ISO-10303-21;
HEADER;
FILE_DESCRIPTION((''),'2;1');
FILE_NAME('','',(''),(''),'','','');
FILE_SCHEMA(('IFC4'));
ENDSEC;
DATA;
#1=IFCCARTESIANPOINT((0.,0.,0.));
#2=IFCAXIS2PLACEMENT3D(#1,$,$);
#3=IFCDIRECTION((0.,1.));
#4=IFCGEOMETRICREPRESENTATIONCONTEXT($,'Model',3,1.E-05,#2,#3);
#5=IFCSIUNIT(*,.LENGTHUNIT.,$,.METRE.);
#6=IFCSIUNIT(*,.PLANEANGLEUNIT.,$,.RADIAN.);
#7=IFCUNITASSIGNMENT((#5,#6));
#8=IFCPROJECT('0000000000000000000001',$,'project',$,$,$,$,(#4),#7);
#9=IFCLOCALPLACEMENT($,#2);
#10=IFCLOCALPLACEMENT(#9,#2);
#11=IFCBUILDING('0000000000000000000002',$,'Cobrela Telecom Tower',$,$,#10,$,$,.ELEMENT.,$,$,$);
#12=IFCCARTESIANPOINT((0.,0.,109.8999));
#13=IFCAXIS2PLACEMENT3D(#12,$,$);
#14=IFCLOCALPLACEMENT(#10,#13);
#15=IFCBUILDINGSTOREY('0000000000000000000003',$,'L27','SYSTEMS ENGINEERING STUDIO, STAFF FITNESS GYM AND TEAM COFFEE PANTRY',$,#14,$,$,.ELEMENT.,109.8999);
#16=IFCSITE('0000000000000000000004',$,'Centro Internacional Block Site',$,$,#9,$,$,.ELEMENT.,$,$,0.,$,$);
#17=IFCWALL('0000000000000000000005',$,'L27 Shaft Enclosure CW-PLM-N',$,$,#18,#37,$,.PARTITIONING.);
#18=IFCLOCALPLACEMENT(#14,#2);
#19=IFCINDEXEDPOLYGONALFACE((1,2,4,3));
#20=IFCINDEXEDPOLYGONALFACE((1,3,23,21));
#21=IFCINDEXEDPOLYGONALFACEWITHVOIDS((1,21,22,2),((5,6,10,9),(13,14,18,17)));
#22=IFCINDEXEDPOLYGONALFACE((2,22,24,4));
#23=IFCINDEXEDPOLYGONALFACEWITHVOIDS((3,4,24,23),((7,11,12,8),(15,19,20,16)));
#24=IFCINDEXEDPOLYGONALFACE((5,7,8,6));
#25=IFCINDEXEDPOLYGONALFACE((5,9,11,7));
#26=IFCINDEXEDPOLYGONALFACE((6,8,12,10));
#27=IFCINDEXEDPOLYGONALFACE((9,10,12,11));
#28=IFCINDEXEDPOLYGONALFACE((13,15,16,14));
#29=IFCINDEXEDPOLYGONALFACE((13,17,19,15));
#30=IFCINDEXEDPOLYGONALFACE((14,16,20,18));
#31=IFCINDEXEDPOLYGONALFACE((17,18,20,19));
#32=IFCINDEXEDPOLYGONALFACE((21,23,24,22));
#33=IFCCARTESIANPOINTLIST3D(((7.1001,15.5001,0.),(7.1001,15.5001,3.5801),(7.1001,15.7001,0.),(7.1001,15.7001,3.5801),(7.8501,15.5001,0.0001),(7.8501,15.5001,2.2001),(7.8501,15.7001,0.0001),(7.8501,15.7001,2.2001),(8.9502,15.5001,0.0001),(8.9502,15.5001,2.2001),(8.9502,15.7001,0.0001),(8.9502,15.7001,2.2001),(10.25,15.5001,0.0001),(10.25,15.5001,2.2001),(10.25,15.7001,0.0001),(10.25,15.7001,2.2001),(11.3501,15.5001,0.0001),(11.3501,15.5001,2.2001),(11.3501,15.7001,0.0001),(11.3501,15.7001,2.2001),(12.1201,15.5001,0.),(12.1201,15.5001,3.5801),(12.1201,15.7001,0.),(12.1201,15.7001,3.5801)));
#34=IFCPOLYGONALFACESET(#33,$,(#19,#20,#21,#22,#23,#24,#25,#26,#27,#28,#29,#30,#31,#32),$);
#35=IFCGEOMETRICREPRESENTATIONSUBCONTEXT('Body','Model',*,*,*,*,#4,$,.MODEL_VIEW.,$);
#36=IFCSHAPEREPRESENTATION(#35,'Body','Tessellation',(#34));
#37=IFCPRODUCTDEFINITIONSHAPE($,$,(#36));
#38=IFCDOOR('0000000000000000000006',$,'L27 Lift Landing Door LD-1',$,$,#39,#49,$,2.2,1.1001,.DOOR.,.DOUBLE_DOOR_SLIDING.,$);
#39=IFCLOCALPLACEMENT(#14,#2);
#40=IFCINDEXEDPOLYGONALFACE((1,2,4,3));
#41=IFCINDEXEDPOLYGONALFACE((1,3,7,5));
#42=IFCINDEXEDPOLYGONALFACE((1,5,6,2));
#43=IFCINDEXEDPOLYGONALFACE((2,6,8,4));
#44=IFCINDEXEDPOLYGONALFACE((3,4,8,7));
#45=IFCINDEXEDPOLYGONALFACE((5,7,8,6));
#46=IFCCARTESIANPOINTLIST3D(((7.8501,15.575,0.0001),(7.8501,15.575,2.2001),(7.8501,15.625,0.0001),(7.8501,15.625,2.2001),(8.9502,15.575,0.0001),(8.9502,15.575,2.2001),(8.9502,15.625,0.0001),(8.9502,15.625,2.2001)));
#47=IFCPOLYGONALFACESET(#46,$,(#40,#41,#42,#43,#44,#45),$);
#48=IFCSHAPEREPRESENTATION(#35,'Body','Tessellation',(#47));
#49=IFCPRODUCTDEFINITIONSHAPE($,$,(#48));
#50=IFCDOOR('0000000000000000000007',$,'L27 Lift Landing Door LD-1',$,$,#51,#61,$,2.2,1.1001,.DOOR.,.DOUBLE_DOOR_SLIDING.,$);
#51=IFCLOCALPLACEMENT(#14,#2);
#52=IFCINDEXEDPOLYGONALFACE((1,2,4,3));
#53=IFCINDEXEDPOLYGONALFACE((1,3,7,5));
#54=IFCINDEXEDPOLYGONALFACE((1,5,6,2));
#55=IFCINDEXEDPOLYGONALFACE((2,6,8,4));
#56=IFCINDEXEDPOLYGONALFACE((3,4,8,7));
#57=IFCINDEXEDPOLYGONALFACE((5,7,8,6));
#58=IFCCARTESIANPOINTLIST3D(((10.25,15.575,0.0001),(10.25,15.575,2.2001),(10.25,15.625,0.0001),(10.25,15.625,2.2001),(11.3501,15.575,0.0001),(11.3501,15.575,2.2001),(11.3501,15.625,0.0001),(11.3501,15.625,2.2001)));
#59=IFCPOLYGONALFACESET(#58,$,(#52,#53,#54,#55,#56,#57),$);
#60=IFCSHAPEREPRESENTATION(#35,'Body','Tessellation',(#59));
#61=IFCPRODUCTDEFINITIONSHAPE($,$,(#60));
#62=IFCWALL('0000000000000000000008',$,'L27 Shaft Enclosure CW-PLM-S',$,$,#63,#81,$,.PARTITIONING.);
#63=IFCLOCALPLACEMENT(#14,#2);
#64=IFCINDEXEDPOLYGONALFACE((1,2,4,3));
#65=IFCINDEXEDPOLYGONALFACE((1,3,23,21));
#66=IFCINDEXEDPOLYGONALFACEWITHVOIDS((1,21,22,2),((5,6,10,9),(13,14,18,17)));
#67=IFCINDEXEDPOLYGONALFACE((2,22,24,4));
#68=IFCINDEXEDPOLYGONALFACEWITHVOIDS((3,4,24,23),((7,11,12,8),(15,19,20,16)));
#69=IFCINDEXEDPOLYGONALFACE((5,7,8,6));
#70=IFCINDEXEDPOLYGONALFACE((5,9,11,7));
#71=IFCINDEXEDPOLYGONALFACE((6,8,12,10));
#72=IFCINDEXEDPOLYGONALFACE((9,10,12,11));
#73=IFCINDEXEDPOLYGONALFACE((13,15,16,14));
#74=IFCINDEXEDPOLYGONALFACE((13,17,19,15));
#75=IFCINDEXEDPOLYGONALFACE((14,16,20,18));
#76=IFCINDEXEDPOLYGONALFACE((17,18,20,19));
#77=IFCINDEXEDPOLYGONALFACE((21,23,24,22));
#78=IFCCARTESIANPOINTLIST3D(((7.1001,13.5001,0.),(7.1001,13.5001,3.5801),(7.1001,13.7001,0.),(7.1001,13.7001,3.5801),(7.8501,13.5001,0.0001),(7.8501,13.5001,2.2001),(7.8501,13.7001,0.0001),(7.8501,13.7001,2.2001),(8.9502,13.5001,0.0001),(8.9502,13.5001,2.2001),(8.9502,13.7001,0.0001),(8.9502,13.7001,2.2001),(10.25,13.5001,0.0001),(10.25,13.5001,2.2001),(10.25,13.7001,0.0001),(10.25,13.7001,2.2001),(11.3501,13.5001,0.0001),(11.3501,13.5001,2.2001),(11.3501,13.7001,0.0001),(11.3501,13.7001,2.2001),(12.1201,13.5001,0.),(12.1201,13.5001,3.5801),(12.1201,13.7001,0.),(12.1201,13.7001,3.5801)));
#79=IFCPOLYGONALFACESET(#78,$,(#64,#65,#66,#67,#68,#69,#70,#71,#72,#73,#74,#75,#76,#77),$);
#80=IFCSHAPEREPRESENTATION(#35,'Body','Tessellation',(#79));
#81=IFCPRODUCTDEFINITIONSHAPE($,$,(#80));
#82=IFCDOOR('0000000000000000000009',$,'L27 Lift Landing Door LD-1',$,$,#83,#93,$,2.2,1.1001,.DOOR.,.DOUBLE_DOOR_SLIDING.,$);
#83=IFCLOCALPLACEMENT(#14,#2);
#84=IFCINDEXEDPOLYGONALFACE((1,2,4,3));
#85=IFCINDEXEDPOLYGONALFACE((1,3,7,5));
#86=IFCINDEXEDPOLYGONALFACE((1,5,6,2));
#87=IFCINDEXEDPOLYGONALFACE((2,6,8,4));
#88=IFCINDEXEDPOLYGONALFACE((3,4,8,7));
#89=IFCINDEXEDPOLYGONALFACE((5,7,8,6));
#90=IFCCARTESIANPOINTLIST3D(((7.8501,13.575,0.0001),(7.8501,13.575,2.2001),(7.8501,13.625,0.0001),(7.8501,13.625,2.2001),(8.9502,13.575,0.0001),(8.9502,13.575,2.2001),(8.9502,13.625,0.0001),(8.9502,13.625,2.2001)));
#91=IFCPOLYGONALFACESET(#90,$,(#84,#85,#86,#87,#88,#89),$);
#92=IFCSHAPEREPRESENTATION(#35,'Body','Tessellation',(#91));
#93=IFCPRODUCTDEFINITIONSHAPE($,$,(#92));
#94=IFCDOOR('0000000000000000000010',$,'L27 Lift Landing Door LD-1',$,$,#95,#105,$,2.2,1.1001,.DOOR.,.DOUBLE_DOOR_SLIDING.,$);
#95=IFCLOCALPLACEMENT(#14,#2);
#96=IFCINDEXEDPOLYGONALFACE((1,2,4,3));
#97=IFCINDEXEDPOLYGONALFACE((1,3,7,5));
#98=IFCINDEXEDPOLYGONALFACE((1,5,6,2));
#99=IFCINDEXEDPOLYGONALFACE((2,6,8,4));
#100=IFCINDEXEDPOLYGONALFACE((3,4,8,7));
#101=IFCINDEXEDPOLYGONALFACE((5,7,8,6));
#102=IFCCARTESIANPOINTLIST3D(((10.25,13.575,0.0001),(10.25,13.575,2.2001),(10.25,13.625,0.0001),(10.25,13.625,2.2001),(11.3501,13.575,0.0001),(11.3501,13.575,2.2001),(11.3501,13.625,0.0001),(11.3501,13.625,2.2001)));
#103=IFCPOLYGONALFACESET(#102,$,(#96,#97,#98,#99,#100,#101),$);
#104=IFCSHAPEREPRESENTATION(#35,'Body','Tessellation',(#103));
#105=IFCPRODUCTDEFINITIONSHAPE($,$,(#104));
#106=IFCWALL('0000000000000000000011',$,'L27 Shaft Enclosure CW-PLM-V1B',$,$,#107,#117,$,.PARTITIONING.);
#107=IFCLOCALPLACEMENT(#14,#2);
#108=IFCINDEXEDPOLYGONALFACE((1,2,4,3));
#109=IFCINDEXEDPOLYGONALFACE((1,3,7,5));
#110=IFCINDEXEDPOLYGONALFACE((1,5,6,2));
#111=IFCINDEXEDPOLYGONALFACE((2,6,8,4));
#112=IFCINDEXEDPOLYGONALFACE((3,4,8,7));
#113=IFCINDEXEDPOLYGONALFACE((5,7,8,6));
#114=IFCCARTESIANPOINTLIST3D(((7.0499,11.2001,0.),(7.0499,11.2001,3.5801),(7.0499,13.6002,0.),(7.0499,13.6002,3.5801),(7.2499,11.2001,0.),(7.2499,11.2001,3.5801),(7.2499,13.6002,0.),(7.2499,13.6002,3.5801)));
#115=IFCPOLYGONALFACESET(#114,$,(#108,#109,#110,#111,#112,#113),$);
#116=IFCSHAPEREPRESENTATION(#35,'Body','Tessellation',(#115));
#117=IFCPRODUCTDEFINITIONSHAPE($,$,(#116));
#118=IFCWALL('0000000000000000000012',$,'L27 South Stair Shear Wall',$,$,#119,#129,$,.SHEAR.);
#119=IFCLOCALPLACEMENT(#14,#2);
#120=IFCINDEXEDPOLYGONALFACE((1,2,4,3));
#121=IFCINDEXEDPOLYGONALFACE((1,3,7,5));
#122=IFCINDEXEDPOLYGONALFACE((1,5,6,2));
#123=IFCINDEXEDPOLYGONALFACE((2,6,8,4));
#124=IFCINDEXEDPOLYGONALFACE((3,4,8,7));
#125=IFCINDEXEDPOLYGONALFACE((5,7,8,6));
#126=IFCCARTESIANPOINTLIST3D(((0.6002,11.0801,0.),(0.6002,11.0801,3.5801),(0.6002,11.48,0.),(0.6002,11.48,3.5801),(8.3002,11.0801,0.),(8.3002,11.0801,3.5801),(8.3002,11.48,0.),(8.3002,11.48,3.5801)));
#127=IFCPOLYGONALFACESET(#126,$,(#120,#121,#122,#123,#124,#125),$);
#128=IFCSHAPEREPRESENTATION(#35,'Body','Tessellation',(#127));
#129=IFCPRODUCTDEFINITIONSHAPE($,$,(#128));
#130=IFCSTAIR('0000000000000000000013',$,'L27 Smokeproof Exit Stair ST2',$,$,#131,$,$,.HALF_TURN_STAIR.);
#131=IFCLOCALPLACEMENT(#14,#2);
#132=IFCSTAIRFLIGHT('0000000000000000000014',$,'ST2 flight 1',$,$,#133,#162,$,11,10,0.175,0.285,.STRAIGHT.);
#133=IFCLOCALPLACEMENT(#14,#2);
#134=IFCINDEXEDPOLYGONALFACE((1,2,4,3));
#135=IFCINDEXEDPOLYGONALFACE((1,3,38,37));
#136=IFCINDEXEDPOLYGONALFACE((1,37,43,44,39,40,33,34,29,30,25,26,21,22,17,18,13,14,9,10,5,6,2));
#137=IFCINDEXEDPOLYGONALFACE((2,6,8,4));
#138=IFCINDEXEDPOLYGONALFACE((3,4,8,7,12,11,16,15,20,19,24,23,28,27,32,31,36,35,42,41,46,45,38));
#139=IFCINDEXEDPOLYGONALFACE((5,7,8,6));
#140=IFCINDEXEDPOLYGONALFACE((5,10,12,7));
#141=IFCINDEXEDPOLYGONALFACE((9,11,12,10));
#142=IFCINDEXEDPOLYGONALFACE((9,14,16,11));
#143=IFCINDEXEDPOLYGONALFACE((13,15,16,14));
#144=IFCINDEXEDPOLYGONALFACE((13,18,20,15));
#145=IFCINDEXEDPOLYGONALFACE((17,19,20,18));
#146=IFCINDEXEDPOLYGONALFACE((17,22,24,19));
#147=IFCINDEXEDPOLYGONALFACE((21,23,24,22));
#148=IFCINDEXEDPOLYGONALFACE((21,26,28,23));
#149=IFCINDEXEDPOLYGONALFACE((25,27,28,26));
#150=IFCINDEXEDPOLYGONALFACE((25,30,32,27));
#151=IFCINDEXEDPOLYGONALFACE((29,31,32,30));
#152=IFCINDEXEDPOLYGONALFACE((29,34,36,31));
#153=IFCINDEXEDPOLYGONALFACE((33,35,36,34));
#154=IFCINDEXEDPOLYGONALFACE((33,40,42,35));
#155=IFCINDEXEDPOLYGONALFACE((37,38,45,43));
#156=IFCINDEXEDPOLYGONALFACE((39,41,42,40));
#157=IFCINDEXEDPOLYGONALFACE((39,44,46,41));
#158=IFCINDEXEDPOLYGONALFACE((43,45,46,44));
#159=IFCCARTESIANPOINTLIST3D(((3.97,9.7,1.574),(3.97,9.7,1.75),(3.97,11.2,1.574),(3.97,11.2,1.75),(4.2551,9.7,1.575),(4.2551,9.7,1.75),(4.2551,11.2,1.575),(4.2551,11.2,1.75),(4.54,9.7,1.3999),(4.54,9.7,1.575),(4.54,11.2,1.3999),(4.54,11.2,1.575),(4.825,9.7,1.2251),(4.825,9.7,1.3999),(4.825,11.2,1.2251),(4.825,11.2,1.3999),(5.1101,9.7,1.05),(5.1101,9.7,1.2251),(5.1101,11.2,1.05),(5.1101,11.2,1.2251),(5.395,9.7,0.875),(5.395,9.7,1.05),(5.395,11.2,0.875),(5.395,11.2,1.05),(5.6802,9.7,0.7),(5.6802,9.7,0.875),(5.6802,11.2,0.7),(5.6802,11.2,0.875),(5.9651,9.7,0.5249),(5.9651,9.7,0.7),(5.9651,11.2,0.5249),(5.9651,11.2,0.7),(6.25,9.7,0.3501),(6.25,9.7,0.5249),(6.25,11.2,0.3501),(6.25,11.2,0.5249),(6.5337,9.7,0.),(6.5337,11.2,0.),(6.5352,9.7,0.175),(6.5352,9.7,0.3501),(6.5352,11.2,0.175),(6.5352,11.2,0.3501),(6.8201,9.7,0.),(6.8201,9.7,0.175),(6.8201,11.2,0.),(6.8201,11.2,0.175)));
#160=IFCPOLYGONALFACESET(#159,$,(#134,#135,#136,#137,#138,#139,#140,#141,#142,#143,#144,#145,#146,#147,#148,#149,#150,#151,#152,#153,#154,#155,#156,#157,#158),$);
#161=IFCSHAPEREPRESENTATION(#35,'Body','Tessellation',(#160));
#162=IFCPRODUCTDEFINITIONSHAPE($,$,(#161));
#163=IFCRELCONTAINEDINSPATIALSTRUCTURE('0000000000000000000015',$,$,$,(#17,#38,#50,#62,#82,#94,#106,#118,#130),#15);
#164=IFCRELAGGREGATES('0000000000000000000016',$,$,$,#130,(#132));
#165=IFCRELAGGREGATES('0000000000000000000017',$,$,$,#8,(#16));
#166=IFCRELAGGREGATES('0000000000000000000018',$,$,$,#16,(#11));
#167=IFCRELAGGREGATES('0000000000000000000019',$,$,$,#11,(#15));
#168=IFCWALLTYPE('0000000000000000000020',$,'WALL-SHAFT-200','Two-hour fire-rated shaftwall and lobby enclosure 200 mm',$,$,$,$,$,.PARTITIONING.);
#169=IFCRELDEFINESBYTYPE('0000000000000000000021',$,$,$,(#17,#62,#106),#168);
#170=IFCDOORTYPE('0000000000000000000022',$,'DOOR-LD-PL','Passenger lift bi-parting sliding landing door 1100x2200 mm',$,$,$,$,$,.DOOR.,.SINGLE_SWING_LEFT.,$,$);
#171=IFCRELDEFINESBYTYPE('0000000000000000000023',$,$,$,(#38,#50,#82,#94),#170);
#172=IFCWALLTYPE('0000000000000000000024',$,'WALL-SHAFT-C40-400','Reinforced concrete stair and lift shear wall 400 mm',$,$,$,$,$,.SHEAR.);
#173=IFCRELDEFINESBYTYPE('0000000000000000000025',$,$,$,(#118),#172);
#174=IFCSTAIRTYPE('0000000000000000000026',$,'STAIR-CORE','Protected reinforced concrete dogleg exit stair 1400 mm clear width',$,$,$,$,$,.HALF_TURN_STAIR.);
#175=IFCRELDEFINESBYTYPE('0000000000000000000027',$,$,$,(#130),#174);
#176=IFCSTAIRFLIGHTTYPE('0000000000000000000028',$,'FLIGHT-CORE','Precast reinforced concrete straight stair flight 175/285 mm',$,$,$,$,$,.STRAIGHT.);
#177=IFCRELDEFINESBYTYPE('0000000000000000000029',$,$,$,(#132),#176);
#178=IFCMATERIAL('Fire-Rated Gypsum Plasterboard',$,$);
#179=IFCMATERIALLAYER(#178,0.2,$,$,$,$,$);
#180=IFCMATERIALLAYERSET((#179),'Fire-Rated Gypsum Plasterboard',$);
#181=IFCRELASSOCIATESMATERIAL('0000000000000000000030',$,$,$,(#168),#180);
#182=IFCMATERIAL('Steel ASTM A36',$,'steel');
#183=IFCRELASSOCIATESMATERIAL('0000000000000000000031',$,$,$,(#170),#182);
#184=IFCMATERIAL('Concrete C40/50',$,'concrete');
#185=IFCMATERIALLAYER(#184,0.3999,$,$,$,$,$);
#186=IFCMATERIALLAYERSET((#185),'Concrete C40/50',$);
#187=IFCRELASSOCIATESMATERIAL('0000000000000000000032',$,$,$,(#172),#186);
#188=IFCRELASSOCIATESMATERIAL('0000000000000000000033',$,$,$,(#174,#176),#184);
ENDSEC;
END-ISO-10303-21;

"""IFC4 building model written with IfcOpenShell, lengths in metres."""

from ifc_helpers import new_model, si_unit, direction, frame, frame_2d, origin, place, context, subcontext, project, spatial, polyline, rectangle, outline, extrude, material, layer, layer_set, type_object, element, fill, aggregate, save


model = new_model("IFC4")

# Units and contexts
model_context = context("Model", 3, precision=1e-05, world=origin(), true_north=direction((0.0, 1.0)))
body_context = subcontext(model_context, "Body", "Model", "MODEL_VIEW")
ifc_project = project(units=[si_unit("LENGTHUNIT", "METRE"), si_unit("PLANEANGLEUNIT", "RADIAN")], contexts=[model_context])

# Site, building, storey
site_placement = place(None, origin())
site = spatial("IfcSite", under=ifc_project, at=site_placement, Name="Centro Internacional Block Site", CompositionType="ELEMENT", RefElevation=0.0)
building_placement = place(site_placement, origin())
building = spatial("IfcBuilding", under=site, at=building_placement, Name="Cobrela Telecom Tower", CompositionType="ELEMENT")
storey_placement = place(building_placement, frame((0.0, 0.0, 109.8999)))
storey = spatial("IfcBuildingStorey", under=building, at=storey_placement, Name="L27", Description="SYSTEMS ENGINEERING STUDIO, STAFF FITNESS GYM AND TEAM COFFEE PANTRY", CompositionType="ELEMENT", Elevation=109.8999)

# Shared definitions
ifc_material_1 = material(Name="Fire-Rated Gypsum Plasterboard")

# Shared definitions
ifc_layer_1 = layer(ifc_material_1, 0.2)
ifc_layer_set_1 = layer_set([ifc_layer_1], Name="Fire-Rated Gypsum Plasterboard")
wall_type_1 = type_object("IfcWallType", Name="WALL-SHAFT-200", Description="Two-hour fire-rated shaftwall and lobby enclosure 200 mm", PredefinedType="PARTITIONING", material=ifc_layer_set_1)

# Walls, openings, doors
wall_1_placement = place(storey_placement, frame((7.1001, 15.6001, 0.0), z_axis=(0.0, 0.0, 1.0), x_axis=(1.0, 0.0, 0.0)))
wall_1 = element("IfcWall", 1, at=wall_1_placement, inside=storey, type_object=wall_type_1, Name="L27 Shaft Enclosure CW-PLM-N", PredefinedType="PARTITIONING", context=body_context, shape_type="SweptSolid", body=[
    extrude(rectangle(XDim=5.02, YDim=0.2, at=frame_2d((2.51, 0.0))), origin(), (0.0, 0.0, 1.0), 3.5801),
])
opening_1_placement = place(wall_1_placement, frame((0.75, 0.0, 0.0)))
opening_1 = element("IfcOpeningElement", 2, at=opening_1_placement, cuts=wall_1, PredefinedType="OPENING", context=body_context, shape_type="SweptSolid", body=[
    extrude(rectangle(XDim=1.1001, YDim=2.2, at=frame_2d((0.55, 1.1001))), frame((0.0, 0.1118, 0.0), z_axis=(0.0, -1.0, 0.0), x_axis=(1.0, 0.0, 0.0)), (0.0, 0.0, 1.0), 0.2239),
])
opening_2_placement = place(wall_1_placement, frame((3.1499, 0.0, 0.0)))
opening_2 = element("IfcOpeningElement", 3, at=opening_2_placement, cuts=wall_1, PredefinedType="OPENING", context=body_context, shape_type="SweptSolid", body=[
    extrude(rectangle(XDim=1.1001, YDim=2.2, at=frame_2d((0.55, 1.1001))), frame((0.0, 0.1118, 0.0), z_axis=(0.0, -1.0, 0.0), x_axis=(1.0, 0.0, 0.0)), (0.0, 0.0, 1.0), 0.2239),
])
ifc_material_2 = material(Name="Steel ASTM A36", Category="steel")
door_type_1 = type_object("IfcDoorType", Name="DOOR-LD-PL", Description="Passenger lift bi-parting sliding landing door 1100x2200 mm", OperationType="SINGLE_SWING_LEFT", PredefinedType="DOOR", material=ifc_material_2)
door_1_placement = place(opening_1_placement, origin())
door_1 = element("IfcDoor", 4, at=door_1_placement, inside=storey, type_object=door_type_1, Name="L27 Lift Landing Door LD-1", OperationType="DOUBLE_DOOR_SLIDING", OverallHeight=2.2, OverallWidth=1.1001, PredefinedType="DOOR", context=body_context, shape_type="SweptSolid", body=[
    extrude(rectangle(XDim=1.1001, YDim=2.2, at=frame_2d((0.55, 1.1001))), frame((0.0, 0.0249, 0.0), z_axis=(0.0, -1.0, 0.0), x_axis=(1.0, 0.0, 0.0)), (0.0, 0.0, 1.0), 0.05),
])
fill(opening_1, door_1)
door_2_placement = place(opening_2_placement, origin())
door_2 = element("IfcDoor", 5, at=door_2_placement, inside=storey, type_object=door_type_1, Name="L27 Lift Landing Door LD-1", OperationType="DOUBLE_DOOR_SLIDING", OverallHeight=2.2, OverallWidth=1.1001, PredefinedType="DOOR", context=body_context, shape_type="SweptSolid", body=[
    extrude(rectangle(XDim=1.1001, YDim=2.2, at=frame_2d((0.55, 1.1001))), frame((0.0, 0.0249, 0.0), z_axis=(0.0, -1.0, 0.0), x_axis=(1.0, 0.0, 0.0)), (0.0, 0.0, 1.0), 0.05),
])
fill(opening_2, door_2)
wall_2_placement = place(storey_placement, frame((7.1001, 13.6001, 0.0), z_axis=(0.0, 0.0, 1.0), x_axis=(1.0, 0.0, 0.0)))
wall_2 = element("IfcWall", 6, at=wall_2_placement, inside=storey, type_object=wall_type_1, Name="L27 Shaft Enclosure CW-PLM-S", PredefinedType="PARTITIONING", context=body_context, shape_type="SweptSolid", body=[
    extrude(rectangle(XDim=5.02, YDim=0.2, at=frame_2d((2.51, 0.0))), origin(), (0.0, 0.0, 1.0), 3.5801),
])
opening_3_placement = place(wall_2_placement, frame((0.75, 0.0, 0.0)))
opening_3 = element("IfcOpeningElement", 7, at=opening_3_placement, cuts=wall_2, PredefinedType="OPENING", context=body_context, shape_type="SweptSolid", body=[
    extrude(rectangle(XDim=1.1001, YDim=2.2, at=frame_2d((0.55, 1.1001))), frame((0.0, 0.1118, 0.0), z_axis=(0.0, -1.0, 0.0), x_axis=(1.0, 0.0, 0.0)), (0.0, 0.0, 1.0), 0.2239),
])
opening_4_placement = place(wall_2_placement, frame((3.1499, 0.0, 0.0)))
opening_4 = element("IfcOpeningElement", 8, at=opening_4_placement, cuts=wall_2, PredefinedType="OPENING", context=body_context, shape_type="SweptSolid", body=[
    extrude(rectangle(XDim=1.1001, YDim=2.2, at=frame_2d((0.55, 1.1001))), frame((0.0, 0.1118, 0.0), z_axis=(0.0, -1.0, 0.0), x_axis=(1.0, 0.0, 0.0)), (0.0, 0.0, 1.0), 0.2239),
])
door_3_placement = place(opening_3_placement, origin())
door_3 = element("IfcDoor", 9, at=door_3_placement, inside=storey, type_object=door_type_1, Name="L27 Lift Landing Door LD-1", OperationType="DOUBLE_DOOR_SLIDING", OverallHeight=2.2, OverallWidth=1.1001, PredefinedType="DOOR", context=body_context, shape_type="SweptSolid", body=[
    extrude(rectangle(XDim=1.1001, YDim=2.2, at=frame_2d((0.55, 1.1001))), frame((0.0, 0.0249, 0.0), z_axis=(0.0, -1.0, 0.0), x_axis=(1.0, 0.0, 0.0)), (0.0, 0.0, 1.0), 0.05),
])
fill(opening_3, door_3)
door_4_placement = place(opening_4_placement, origin())
door_4 = element("IfcDoor", 10, at=door_4_placement, inside=storey, type_object=door_type_1, Name="L27 Lift Landing Door LD-1", OperationType="DOUBLE_DOOR_SLIDING", OverallHeight=2.2, OverallWidth=1.1001, PredefinedType="DOOR", context=body_context, shape_type="SweptSolid", body=[
    extrude(rectangle(XDim=1.1001, YDim=2.2, at=frame_2d((0.55, 1.1001))), frame((0.0, 0.0249, 0.0), z_axis=(0.0, -1.0, 0.0), x_axis=(1.0, 0.0, 0.0)), (0.0, 0.0, 1.0), 0.05),
])
fill(opening_4, door_4)

# Walls
wall_3_placement = place(storey_placement, frame((7.1499, 11.2, 0.0), z_axis=(0.0, 0.0, 1.0), x_axis=(0.0, 1.0, 0.0)))
element("IfcWall", 11, at=wall_3_placement, inside=storey, type_object=wall_type_1, Name="L27 Shaft Enclosure CW-PLM-V1B", PredefinedType="PARTITIONING", context=body_context, shape_type="SweptSolid", body=[
    extrude(rectangle(XDim=2.4001, YDim=0.2, at=frame_2d((1.2002, 0.0))), origin(), (0.0, 0.0, 1.0), 3.5801),
])
ifc_material_3 = material(Name="Concrete C40/50", Category="concrete")
ifc_layer_2 = layer(ifc_material_3, 0.3999)
ifc_layer_set_2 = layer_set([ifc_layer_2], Name="Concrete C40/50")
wall_type_2 = type_object("IfcWallType", Name="WALL-SHAFT-C40-400", Description="Reinforced concrete stair and lift shear wall 400 mm", PredefinedType="SHEAR", material=ifc_layer_set_2)
wall_4_placement = place(storey_placement, frame((0.6001, 11.28, 0.0), z_axis=(0.0, 0.0, 1.0), x_axis=(1.0, 0.0, 0.0)))
element("IfcWall", 12, at=wall_4_placement, inside=storey, type_object=wall_type_2, Name="L27 South Stair Shear Wall", PredefinedType="SHEAR", context=body_context, shape_type="SweptSolid", body=[
    extrude(rectangle(XDim=7.7, YDim=0.3999, at=frame_2d((3.8501, 0.0))), origin(), (0.0, 0.0, 1.0), 3.5801),
])

# Stair, stair flight
stair_type = type_object("IfcStairType", Name="STAIR-CORE", Description="Protected reinforced concrete dogleg exit stair 1400 mm clear width", PredefinedType="HALF_TURN_STAIR", material=ifc_material_3)
stair_placement = place(storey_placement, origin())
stair = element("IfcStair", 13, at=stair_placement, inside=storey, type_object=stair_type, Name="L27 Smokeproof Exit Stair ST2", PredefinedType="HALF_TURN_STAIR")
stair_flight_type = type_object("IfcStairFlightType", Name="FLIGHT-CORE", Description="Precast reinforced concrete straight stair flight 175/285 mm", PredefinedType="STRAIGHT", material=ifc_material_3)
stair_flight_placement = place(storey_placement, frame((6.8201, 10.45, 0.0), z_axis=(0.0, 0.0, 1.0), x_axis=(-1.0, 0.0, 0.0)))
stair_flight = element("IfcStairFlight", 14, at=stair_flight_placement, type_object=stair_flight_type, Name="ST2 flight 1", NumberOfRisers=11, NumberOfTreads=10, PredefinedType="STRAIGHT", RiserHeight=0.175, TreadLength=0.285, context=body_context, shape_type="SweptSolid", body=[
    extrude(outline(polyline([(0.0, 0.0), (0.0, 0.175), (0.2849, 0.175), (0.2849, 0.3501), (0.5701, 0.3501), (0.5701, 0.5249), (0.855, 0.5249), (0.855, 0.7), (1.1399, 0.7), (1.1399, 0.875), (1.425, 0.875), (1.425, 1.05), (1.71, 1.05), (1.71, 1.2251), (1.9951, 1.2251), (1.9951, 1.3999), (2.28, 1.3999), (2.28, 1.575), (2.5649, 1.575), (2.5649, 1.75), (2.8501, 1.75), (2.8501, 1.925), (2.8501, 1.574), (0.2864, 0.0), (0.0, 0.0)])), frame((0.0, 0.75, 0.0), z_axis=(0.0, -1.0, 0.0), x_axis=(1.0, 0.0, 0.0)), (0.0, 0.0, 1.0), 1.5),
])
aggregate(stair, [stair_flight])

save(model, "model.ifc")
